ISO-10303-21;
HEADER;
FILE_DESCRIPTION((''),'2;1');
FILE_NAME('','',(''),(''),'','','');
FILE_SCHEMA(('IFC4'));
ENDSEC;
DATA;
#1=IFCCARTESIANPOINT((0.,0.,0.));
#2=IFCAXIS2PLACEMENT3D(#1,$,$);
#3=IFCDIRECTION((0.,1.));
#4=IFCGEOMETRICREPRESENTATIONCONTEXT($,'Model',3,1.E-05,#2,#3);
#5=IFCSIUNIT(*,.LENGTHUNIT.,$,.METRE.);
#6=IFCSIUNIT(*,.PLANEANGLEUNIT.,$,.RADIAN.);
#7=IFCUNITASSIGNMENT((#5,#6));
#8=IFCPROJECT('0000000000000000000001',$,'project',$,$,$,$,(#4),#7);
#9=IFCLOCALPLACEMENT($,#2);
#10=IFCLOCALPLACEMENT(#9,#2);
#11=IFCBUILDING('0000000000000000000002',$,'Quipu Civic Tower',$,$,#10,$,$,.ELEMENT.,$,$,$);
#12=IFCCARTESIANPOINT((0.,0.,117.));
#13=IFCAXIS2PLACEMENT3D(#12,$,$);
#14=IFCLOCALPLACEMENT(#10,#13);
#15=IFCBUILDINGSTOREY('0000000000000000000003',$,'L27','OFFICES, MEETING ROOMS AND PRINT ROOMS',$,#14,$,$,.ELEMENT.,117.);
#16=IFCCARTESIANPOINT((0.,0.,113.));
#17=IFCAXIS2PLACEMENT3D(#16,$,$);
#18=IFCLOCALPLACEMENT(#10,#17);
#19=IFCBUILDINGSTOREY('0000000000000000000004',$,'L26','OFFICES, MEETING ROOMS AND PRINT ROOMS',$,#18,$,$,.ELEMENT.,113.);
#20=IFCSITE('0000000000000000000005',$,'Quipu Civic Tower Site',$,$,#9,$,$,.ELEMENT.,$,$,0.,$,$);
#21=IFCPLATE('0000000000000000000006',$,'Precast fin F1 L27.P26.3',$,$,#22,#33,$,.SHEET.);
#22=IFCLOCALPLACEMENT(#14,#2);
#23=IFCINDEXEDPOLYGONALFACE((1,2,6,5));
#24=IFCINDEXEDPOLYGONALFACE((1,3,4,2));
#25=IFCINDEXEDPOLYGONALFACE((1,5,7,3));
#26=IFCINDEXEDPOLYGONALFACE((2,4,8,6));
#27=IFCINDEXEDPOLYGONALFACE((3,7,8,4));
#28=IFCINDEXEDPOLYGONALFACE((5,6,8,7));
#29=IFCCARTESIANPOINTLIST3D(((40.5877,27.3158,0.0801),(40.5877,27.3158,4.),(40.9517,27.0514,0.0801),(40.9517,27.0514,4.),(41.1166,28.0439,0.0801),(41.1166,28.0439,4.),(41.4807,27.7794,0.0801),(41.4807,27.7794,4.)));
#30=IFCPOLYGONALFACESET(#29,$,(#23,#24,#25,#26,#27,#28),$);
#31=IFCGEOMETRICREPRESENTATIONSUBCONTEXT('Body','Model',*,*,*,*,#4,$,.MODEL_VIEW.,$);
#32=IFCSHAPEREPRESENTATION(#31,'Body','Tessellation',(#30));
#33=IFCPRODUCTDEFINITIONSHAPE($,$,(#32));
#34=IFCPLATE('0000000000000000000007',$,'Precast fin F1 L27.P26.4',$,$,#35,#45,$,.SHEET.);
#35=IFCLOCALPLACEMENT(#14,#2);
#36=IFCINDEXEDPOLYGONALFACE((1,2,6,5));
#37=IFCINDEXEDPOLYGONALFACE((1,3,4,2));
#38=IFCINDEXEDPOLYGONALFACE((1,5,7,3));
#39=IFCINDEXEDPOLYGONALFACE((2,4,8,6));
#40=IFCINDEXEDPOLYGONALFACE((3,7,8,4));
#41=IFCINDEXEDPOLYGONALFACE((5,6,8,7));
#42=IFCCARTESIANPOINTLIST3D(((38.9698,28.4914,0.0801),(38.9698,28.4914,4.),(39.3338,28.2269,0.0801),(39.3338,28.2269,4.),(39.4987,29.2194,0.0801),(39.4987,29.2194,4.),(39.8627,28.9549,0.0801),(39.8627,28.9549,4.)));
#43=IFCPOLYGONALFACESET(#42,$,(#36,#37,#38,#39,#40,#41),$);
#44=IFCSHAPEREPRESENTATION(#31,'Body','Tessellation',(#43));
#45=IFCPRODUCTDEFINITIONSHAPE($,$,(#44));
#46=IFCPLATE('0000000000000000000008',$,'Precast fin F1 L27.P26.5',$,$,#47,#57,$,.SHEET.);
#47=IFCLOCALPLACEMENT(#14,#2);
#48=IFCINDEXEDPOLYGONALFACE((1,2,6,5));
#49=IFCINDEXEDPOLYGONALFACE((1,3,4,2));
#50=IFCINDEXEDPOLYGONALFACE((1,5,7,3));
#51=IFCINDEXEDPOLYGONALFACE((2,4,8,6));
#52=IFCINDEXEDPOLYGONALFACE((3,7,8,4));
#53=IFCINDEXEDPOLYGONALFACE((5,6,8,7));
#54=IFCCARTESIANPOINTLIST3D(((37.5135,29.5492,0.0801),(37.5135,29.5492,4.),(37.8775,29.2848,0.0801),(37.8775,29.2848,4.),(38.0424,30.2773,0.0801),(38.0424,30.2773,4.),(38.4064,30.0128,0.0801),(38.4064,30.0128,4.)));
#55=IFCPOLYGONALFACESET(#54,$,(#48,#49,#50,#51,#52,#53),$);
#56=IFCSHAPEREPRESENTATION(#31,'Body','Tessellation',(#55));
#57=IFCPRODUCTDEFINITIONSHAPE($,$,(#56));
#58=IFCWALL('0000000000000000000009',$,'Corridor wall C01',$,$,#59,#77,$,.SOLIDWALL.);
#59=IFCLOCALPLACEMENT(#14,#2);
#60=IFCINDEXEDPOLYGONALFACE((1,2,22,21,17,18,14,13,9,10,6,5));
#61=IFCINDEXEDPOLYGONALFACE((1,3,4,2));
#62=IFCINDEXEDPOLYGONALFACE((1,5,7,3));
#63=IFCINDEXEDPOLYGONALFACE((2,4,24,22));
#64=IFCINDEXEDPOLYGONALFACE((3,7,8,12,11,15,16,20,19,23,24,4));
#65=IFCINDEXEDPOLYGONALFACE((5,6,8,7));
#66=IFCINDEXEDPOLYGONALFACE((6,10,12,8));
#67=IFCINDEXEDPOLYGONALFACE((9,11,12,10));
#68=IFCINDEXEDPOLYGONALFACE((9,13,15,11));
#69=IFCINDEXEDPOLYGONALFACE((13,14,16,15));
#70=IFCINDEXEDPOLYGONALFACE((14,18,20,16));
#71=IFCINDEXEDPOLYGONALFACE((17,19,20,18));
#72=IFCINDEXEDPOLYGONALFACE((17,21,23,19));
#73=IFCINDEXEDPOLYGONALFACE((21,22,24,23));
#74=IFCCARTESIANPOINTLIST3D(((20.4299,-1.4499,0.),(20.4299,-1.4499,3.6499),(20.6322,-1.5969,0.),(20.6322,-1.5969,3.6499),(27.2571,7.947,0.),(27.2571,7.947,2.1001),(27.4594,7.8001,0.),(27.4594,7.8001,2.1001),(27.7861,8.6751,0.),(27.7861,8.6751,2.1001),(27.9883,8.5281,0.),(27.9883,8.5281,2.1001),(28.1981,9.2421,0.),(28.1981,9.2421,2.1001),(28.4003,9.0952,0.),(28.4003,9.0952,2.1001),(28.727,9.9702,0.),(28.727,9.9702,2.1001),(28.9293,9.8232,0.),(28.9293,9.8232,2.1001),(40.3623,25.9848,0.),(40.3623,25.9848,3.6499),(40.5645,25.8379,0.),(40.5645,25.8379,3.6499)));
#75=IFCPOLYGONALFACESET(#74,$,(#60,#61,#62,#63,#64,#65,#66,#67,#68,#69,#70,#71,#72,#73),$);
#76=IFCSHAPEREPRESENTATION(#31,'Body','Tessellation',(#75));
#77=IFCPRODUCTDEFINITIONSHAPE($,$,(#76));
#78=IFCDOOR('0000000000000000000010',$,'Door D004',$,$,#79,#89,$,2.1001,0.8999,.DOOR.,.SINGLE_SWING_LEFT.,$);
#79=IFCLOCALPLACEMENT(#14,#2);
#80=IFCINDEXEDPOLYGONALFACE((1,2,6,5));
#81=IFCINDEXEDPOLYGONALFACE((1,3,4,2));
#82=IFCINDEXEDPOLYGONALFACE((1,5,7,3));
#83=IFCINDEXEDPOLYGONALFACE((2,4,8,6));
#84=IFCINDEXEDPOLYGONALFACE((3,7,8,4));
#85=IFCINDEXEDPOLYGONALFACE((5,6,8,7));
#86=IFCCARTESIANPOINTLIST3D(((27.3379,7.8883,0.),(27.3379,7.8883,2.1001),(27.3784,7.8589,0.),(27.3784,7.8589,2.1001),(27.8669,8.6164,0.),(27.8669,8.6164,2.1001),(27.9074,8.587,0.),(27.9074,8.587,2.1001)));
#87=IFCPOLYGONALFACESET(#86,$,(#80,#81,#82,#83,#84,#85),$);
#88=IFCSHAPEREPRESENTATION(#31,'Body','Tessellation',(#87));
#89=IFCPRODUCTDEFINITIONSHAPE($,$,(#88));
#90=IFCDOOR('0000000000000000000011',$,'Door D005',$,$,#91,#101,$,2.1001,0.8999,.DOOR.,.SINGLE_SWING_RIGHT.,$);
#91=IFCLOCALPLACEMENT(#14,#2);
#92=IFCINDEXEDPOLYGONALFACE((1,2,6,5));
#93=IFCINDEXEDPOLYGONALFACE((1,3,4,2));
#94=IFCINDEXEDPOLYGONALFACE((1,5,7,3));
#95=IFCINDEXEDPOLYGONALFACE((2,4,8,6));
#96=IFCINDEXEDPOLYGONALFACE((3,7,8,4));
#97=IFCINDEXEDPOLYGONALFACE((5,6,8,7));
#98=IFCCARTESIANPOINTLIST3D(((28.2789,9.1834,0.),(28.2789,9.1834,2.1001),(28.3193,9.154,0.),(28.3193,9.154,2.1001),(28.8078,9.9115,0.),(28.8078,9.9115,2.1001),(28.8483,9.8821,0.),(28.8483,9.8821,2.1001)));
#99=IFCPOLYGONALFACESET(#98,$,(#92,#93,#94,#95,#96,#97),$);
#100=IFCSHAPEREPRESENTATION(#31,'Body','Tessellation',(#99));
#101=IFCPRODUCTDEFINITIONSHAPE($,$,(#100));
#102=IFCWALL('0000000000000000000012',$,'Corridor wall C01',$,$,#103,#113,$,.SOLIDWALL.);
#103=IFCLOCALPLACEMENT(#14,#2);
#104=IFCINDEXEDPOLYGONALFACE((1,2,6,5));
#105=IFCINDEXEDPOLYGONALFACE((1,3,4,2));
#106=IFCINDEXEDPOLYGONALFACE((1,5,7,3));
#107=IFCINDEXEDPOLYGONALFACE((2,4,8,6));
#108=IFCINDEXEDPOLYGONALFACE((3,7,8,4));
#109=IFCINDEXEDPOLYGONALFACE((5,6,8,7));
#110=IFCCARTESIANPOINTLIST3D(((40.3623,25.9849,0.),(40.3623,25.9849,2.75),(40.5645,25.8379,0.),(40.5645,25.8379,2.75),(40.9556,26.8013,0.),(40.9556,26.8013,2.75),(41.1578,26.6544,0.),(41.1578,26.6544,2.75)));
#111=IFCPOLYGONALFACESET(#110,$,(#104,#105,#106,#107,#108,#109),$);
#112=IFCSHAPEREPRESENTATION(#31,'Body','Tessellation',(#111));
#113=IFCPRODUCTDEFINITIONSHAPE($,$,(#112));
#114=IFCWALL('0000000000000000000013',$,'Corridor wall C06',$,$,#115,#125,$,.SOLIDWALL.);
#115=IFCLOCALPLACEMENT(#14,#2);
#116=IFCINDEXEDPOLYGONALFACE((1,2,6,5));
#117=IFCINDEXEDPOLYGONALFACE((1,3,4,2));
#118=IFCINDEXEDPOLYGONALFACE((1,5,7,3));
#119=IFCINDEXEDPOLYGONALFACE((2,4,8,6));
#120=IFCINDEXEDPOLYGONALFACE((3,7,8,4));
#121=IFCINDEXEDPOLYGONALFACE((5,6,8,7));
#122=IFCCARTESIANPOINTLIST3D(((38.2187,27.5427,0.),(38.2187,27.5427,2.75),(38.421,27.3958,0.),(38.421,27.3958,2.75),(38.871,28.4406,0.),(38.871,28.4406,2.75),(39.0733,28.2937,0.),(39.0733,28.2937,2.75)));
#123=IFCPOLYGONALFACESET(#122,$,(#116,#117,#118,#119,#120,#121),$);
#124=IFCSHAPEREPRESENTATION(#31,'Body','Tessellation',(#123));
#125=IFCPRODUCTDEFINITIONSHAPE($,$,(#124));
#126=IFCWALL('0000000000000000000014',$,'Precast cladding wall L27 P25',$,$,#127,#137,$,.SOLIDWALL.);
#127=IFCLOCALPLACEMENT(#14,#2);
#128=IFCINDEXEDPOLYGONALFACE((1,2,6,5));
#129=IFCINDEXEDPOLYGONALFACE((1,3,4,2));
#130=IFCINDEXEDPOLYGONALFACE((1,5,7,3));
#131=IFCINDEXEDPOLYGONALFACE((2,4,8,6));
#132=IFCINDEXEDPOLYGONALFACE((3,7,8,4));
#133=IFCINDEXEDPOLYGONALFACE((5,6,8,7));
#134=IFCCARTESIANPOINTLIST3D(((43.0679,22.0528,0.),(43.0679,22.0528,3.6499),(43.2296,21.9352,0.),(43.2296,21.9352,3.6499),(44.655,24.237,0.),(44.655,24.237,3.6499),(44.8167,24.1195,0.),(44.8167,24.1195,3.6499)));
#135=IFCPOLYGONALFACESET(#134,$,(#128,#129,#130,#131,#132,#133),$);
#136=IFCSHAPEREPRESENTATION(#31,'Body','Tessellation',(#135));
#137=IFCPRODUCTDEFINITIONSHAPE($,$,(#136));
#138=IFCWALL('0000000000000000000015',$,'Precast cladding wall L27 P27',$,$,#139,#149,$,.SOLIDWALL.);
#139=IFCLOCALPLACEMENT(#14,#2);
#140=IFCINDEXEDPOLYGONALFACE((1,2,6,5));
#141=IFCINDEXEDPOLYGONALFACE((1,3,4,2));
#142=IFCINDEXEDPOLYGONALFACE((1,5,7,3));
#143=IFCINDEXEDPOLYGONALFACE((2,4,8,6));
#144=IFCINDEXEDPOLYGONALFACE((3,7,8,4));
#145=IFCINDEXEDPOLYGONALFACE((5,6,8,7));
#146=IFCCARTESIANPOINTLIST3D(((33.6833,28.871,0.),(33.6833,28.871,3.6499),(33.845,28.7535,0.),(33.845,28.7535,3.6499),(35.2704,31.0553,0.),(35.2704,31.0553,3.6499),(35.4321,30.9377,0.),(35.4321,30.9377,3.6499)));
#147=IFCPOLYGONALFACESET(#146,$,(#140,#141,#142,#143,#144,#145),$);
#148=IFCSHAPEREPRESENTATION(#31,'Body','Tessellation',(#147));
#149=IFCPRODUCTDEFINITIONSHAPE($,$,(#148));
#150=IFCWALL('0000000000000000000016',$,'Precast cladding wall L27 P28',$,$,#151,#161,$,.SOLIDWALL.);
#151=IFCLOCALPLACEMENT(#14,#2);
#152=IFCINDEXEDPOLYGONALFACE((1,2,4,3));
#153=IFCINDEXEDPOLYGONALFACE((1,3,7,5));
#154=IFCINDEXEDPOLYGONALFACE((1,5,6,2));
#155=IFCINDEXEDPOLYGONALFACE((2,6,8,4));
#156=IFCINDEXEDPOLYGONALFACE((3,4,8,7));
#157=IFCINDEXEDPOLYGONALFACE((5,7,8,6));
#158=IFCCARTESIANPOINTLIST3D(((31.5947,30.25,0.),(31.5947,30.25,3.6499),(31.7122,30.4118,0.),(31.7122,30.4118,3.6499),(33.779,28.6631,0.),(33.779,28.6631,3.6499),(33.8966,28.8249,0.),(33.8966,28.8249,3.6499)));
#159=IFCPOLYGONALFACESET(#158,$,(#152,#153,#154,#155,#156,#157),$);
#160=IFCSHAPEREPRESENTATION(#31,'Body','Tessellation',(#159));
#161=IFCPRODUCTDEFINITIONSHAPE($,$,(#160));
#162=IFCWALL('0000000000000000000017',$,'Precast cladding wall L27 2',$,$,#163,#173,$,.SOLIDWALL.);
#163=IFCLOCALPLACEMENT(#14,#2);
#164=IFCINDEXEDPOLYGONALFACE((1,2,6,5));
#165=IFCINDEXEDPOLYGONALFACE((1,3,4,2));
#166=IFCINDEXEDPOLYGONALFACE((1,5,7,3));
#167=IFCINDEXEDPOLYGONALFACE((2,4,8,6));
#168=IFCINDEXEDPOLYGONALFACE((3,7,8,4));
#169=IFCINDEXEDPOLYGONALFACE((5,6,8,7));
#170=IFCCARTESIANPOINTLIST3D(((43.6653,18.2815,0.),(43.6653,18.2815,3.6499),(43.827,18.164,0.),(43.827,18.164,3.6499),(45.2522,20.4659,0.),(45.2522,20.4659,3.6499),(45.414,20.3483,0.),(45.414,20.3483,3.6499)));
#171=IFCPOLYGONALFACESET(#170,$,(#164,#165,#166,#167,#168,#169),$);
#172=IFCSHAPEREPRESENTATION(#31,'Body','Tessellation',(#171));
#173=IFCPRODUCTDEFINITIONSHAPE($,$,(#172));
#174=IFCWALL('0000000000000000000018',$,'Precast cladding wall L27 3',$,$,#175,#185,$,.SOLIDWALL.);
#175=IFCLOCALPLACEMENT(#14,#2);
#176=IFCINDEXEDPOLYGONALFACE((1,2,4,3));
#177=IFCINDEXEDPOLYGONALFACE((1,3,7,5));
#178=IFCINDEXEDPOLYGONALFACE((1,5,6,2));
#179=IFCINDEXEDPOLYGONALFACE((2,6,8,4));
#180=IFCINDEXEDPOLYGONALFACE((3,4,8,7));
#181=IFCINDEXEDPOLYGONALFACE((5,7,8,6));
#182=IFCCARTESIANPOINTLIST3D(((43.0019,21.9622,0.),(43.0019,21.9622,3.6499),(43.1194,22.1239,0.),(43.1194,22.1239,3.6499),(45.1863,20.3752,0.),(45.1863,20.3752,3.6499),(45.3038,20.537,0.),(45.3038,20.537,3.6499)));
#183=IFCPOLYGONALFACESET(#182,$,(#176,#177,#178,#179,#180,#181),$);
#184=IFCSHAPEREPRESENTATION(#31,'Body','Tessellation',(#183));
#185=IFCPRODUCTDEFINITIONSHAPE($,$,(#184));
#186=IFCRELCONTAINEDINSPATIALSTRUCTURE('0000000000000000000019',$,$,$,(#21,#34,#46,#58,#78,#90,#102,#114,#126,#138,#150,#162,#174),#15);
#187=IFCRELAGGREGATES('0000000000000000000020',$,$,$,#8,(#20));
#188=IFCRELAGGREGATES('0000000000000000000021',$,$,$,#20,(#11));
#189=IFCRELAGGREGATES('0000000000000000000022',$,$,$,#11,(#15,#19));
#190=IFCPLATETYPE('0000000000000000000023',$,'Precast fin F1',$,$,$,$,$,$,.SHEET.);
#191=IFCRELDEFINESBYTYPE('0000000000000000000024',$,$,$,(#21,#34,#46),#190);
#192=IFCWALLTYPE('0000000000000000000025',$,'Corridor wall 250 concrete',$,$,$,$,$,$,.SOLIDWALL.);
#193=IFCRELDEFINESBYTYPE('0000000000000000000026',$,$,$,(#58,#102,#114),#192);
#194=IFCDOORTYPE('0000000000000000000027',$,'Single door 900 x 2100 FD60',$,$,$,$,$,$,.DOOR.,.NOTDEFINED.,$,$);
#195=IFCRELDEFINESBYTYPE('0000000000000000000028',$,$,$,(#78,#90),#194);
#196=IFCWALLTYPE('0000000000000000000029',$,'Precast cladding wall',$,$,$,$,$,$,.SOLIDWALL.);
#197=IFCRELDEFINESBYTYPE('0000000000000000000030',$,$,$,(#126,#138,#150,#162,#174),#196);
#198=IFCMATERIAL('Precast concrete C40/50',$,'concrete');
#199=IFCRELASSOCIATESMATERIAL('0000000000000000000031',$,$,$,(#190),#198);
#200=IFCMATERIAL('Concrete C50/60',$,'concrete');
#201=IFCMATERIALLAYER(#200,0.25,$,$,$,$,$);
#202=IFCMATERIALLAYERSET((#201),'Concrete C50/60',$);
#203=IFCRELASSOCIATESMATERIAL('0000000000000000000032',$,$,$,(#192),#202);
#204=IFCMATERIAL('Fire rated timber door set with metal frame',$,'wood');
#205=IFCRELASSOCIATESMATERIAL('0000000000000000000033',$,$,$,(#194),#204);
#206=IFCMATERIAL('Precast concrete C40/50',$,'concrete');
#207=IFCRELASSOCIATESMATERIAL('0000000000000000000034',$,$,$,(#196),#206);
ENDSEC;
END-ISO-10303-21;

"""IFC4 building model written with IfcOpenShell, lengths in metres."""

from ifc_helpers import new_model, si_unit, direction, frame, frame_2d, origin, origin_2d, place, context, subcontext, project, spatial, rectangle, extrude, material, layer, layer_set, type_object, element, fill, save


model = new_model("IFC4")

# Units and contexts
model_context = context("Model", 3, precision=1e-05, world=origin(), true_north=direction((0.0, 1.0)))
body_context = subcontext(model_context, "Body", "Model", "MODEL_VIEW")
ifc_project = project(units=[si_unit("LENGTHUNIT", "METRE"), si_unit("PLANEANGLEUNIT", "RADIAN")], contexts=[model_context])

# Site, building, storey
site_placement = place(None, origin())
site = spatial("IfcSite", under=ifc_project, at=site_placement, Name="Quipu Civic Tower Site", CompositionType="ELEMENT", RefElevation=0.0)
building_placement = place(site_placement, origin())
building = spatial("IfcBuilding", under=site, at=building_placement, Name="Quipu Civic Tower", CompositionType="ELEMENT")
storey_1_placement = place(building_placement, frame((0.0, 0.0, 117.0)))
storey_1 = spatial("IfcBuildingStorey", under=building, at=storey_1_placement, Name="L27", Description="OFFICES, MEETING ROOMS AND PRINT ROOMS", CompositionType="ELEMENT", Elevation=117.0)

# Shared definitions
storey_2_placement = place(building_placement, frame((0.0, 0.0, 113.0)))
storey_2 = spatial("IfcBuildingStorey", under=building, at=storey_2_placement, Name="L26", Description="OFFICES, MEETING ROOMS AND PRINT ROOMS", CompositionType="ELEMENT", Elevation=113.0)

# Plates
ifc_material_1 = material(Name="Precast concrete C40/50", Category="concrete")
plate_type_1 = type_object("IfcPlateType", Name="Precast fin F1", PredefinedType="SHEET", material=ifc_material_1)
for number, where, z_axis, x_axis, name in (
    (1, (41.0342, 27.5476, 0.0801), (0.0, 0.0, 1.0), (-0.809017, 0.587785, 0.0), "Precast fin F1 L27.P26.3"),
    (2, (39.4163, 28.7231, 0.0801), (0.0, 0.0, 1.0), (-0.809017, 0.587785, 0.0), "Precast fin F1 L27.P26.4"),
    (3, (37.96, 29.781, 0.0801), (0.0, 0.0, 1.0), (-0.809017, 0.587785, 0.0), "Precast fin F1 L27.P26.5"),
):
    element("IfcPlate", number, at=place(storey_1_placement, frame(where, z_axis=z_axis, x_axis=x_axis)), inside=storey_1, type_object=plate_type_1, Name=name, PredefinedType="SHEET", context=body_context, shape_type="SweptSolid", body=[
        extrude(rectangle(XDim=0.45, YDim=0.8999, at=origin_2d()), origin(), (0.0, 0.0, 1.0), 3.9199),
    ])

# Wall, openings, doors
ifc_material_2 = material(Name="Concrete C50/60", Category="concrete")
ifc_layer_1 = layer(ifc_material_2, 0.25)
ifc_layer_set_1 = layer_set([ifc_layer_1], Name="Concrete C50/60")
wall_type_1 = type_object("IfcWallType", Name="Corridor wall 250 concrete", PredefinedType="SOLIDWALL", material=ifc_layer_set_1)
wall_1_placement = place(storey_1_placement, frame((40.4634, 25.9114, 0.0), z_axis=(0.0, 0.0, 1.0), x_axis=(-0.587782, -0.80902, 0.0)))
wall_1 = element("IfcWall", 4, at=wall_1_placement, inside=storey_1, type_object=wall_type_1, Name="Corridor wall C01", PredefinedType="SOLIDWALL", context=body_context, shape_type="SweptSolid", body=[
    extrude(rectangle(XDim=33.9111, YDim=0.25, at=frame_2d((16.9556, 0.0))), origin(), (0.0, 0.0, 1.0), 3.6499),
])
opening_1_placement = place(wall_1_placement, frame((21.396, 0.0, 0.0)))
opening_1 = element("IfcOpeningElement", 5, at=opening_1_placement, cuts=wall_1, PredefinedType="OPENING", context=body_context, shape_type="SweptSolid", body=[
    extrude(rectangle(XDim=0.8999, YDim=2.1001, at=frame_2d((0.45, 1.05))), frame((0.0, 0.135, 0.0), z_axis=(0.0, -1.0, 0.0), x_axis=(1.0, 0.0, 0.0)), (0.0, 0.0, 1.0), 0.27),
])
opening_2_placement = place(wall_1_placement, frame((19.7952, 0.0, 0.0)))
opening_2 = element("IfcOpeningElement", 6, at=opening_2_placement, cuts=wall_1, PredefinedType="OPENING", context=body_context, shape_type="SweptSolid", body=[
    extrude(rectangle(XDim=0.8999, YDim=2.1001, at=frame_2d((0.45, 1.05))), frame((0.0, 0.135, 0.0), z_axis=(0.0, -1.0, 0.0), x_axis=(1.0, 0.0, 0.0)), (0.0, 0.0, 1.0), 0.27),
])
ifc_material_3 = material(Name="Fire rated timber door set with metal frame", Category="wood")
door_type = type_object("IfcDoorType", Name="Single door 900 x 2100 FD60", OperationType="NOTDEFINED", PredefinedType="DOOR", material=ifc_material_3)
door_1_placement = place(opening_1_placement, origin())
door_1 = element("IfcDoor", 7, at=door_1_placement, inside=storey_1, type_object=door_type, Name="Door D004", OperationType="SINGLE_SWING_LEFT", OverallHeight=2.1001, OverallWidth=0.8999, PredefinedType="DOOR", context=body_context, shape_type="SweptSolid", body=[
    extrude(rectangle(XDim=0.8999, YDim=2.1001, at=frame_2d((0.45, 1.05))), frame((0.0, 0.0249, 0.0), z_axis=(0.0, -1.0, 0.0), x_axis=(1.0, 0.0, 0.0)), (0.0, 0.0, 1.0), 0.05),
])
fill(opening_1, door_1)
door_2_placement = place(opening_2_placement, origin())
door_2 = element("IfcDoor", 8, at=door_2_placement, inside=storey_1, type_object=door_type, Name="Door D005", OperationType="SINGLE_SWING_RIGHT", OverallHeight=2.1001, OverallWidth=0.8999, PredefinedType="DOOR", context=body_context, shape_type="SweptSolid", body=[
    extrude(rectangle(XDim=0.8999, YDim=2.1001, at=frame_2d((0.45, 1.05))), frame((0.0, 0.0249, 0.0), z_axis=(0.0, -1.0, 0.0), x_axis=(1.0, 0.0, 0.0)), (0.0, 0.0, 1.0), 0.05),
])
fill(opening_2, door_2)

# Walls
wall_2_placement = place(storey_1_placement, frame((40.4634, 25.9114, 0.0), z_axis=(0.0, 0.0, 1.0), x_axis=(0.587855, 0.808966, 0.0)))
element("IfcWall", 9, at=wall_2_placement, inside=storey_1, type_object=wall_type_1, Name="Corridor wall C01", PredefinedType="SOLIDWALL", context=body_context, shape_type="SweptSolid", body=[
    extrude(rectangle(XDim=1.0093, YDim=0.25, at=frame_2d((0.5046, 0.0))), origin(), (0.0, 0.0, 1.0), 2.75),
])
wall_3_placement = place(storey_1_placement, frame((38.3198, 27.4692, 0.0), z_axis=(0.0, 0.0, 1.0), x_axis=(0.587753, 0.80904, 0.0)))
element("IfcWall", 10, at=wall_3_placement, inside=storey_1, type_object=wall_type_1, Name="Corridor wall C06", PredefinedType="SOLIDWALL", context=body_context, shape_type="SweptSolid", body=[
    extrude(rectangle(XDim=1.1099, YDim=0.25, at=frame_2d((0.5549, 0.0))), origin(), (0.0, 0.0, 1.0), 2.75),
])
ifc_material_4 = material(Name="Precast concrete C40/50", Category="concrete")
wall_type_2 = type_object("IfcWallType", Name="Precast cladding wall", PredefinedType="SOLIDWALL", material=ifc_material_4)
for number, where, z_axis, x_axis, name in (
    (11, (43.1487, 21.9939, 0.0), (0.0, 0.0, 1.0), (0.587822, 0.80899, 0.0), "Precast cladding wall L27 P25"),
    (12, (35.3513, 30.9966, 0.0), (0.0, 0.0, 1.0), (-0.587822, -0.80899, 0.0), "Precast cladding wall L27 P27"),
    (13, (33.8379, 28.7439, 0.0), (0.0, 0.0, 1.0), (-0.809033, 0.587763, 0.0), "Precast cladding wall L27 P28"),
    (14, (43.7461, 18.2227, 0.0), (0.0, 0.0, 1.0), (0.587763, 0.809033, 0.0), "Precast cladding wall L27 2"),
    (15, (45.2451, 20.4561, 0.0), (0.0, 0.0, 1.0), (-0.809033, 0.587763, 0.0), "Precast cladding wall L27 3"),
):
    element("IfcWall", number, at=place(storey_1_placement, frame(where, z_axis=z_axis, x_axis=x_axis)), inside=storey_1, type_object=wall_type_2, Name=name, PredefinedType="SOLIDWALL", context=body_context, shape_type="SweptSolid", body=[
        extrude(rectangle(XDim=2.7, YDim=0.2, at=frame_2d((1.3501, 0.0))), origin(), (0.0, 0.0, 1.0), 3.6499),
    ])

save(model, "model.ifc")
